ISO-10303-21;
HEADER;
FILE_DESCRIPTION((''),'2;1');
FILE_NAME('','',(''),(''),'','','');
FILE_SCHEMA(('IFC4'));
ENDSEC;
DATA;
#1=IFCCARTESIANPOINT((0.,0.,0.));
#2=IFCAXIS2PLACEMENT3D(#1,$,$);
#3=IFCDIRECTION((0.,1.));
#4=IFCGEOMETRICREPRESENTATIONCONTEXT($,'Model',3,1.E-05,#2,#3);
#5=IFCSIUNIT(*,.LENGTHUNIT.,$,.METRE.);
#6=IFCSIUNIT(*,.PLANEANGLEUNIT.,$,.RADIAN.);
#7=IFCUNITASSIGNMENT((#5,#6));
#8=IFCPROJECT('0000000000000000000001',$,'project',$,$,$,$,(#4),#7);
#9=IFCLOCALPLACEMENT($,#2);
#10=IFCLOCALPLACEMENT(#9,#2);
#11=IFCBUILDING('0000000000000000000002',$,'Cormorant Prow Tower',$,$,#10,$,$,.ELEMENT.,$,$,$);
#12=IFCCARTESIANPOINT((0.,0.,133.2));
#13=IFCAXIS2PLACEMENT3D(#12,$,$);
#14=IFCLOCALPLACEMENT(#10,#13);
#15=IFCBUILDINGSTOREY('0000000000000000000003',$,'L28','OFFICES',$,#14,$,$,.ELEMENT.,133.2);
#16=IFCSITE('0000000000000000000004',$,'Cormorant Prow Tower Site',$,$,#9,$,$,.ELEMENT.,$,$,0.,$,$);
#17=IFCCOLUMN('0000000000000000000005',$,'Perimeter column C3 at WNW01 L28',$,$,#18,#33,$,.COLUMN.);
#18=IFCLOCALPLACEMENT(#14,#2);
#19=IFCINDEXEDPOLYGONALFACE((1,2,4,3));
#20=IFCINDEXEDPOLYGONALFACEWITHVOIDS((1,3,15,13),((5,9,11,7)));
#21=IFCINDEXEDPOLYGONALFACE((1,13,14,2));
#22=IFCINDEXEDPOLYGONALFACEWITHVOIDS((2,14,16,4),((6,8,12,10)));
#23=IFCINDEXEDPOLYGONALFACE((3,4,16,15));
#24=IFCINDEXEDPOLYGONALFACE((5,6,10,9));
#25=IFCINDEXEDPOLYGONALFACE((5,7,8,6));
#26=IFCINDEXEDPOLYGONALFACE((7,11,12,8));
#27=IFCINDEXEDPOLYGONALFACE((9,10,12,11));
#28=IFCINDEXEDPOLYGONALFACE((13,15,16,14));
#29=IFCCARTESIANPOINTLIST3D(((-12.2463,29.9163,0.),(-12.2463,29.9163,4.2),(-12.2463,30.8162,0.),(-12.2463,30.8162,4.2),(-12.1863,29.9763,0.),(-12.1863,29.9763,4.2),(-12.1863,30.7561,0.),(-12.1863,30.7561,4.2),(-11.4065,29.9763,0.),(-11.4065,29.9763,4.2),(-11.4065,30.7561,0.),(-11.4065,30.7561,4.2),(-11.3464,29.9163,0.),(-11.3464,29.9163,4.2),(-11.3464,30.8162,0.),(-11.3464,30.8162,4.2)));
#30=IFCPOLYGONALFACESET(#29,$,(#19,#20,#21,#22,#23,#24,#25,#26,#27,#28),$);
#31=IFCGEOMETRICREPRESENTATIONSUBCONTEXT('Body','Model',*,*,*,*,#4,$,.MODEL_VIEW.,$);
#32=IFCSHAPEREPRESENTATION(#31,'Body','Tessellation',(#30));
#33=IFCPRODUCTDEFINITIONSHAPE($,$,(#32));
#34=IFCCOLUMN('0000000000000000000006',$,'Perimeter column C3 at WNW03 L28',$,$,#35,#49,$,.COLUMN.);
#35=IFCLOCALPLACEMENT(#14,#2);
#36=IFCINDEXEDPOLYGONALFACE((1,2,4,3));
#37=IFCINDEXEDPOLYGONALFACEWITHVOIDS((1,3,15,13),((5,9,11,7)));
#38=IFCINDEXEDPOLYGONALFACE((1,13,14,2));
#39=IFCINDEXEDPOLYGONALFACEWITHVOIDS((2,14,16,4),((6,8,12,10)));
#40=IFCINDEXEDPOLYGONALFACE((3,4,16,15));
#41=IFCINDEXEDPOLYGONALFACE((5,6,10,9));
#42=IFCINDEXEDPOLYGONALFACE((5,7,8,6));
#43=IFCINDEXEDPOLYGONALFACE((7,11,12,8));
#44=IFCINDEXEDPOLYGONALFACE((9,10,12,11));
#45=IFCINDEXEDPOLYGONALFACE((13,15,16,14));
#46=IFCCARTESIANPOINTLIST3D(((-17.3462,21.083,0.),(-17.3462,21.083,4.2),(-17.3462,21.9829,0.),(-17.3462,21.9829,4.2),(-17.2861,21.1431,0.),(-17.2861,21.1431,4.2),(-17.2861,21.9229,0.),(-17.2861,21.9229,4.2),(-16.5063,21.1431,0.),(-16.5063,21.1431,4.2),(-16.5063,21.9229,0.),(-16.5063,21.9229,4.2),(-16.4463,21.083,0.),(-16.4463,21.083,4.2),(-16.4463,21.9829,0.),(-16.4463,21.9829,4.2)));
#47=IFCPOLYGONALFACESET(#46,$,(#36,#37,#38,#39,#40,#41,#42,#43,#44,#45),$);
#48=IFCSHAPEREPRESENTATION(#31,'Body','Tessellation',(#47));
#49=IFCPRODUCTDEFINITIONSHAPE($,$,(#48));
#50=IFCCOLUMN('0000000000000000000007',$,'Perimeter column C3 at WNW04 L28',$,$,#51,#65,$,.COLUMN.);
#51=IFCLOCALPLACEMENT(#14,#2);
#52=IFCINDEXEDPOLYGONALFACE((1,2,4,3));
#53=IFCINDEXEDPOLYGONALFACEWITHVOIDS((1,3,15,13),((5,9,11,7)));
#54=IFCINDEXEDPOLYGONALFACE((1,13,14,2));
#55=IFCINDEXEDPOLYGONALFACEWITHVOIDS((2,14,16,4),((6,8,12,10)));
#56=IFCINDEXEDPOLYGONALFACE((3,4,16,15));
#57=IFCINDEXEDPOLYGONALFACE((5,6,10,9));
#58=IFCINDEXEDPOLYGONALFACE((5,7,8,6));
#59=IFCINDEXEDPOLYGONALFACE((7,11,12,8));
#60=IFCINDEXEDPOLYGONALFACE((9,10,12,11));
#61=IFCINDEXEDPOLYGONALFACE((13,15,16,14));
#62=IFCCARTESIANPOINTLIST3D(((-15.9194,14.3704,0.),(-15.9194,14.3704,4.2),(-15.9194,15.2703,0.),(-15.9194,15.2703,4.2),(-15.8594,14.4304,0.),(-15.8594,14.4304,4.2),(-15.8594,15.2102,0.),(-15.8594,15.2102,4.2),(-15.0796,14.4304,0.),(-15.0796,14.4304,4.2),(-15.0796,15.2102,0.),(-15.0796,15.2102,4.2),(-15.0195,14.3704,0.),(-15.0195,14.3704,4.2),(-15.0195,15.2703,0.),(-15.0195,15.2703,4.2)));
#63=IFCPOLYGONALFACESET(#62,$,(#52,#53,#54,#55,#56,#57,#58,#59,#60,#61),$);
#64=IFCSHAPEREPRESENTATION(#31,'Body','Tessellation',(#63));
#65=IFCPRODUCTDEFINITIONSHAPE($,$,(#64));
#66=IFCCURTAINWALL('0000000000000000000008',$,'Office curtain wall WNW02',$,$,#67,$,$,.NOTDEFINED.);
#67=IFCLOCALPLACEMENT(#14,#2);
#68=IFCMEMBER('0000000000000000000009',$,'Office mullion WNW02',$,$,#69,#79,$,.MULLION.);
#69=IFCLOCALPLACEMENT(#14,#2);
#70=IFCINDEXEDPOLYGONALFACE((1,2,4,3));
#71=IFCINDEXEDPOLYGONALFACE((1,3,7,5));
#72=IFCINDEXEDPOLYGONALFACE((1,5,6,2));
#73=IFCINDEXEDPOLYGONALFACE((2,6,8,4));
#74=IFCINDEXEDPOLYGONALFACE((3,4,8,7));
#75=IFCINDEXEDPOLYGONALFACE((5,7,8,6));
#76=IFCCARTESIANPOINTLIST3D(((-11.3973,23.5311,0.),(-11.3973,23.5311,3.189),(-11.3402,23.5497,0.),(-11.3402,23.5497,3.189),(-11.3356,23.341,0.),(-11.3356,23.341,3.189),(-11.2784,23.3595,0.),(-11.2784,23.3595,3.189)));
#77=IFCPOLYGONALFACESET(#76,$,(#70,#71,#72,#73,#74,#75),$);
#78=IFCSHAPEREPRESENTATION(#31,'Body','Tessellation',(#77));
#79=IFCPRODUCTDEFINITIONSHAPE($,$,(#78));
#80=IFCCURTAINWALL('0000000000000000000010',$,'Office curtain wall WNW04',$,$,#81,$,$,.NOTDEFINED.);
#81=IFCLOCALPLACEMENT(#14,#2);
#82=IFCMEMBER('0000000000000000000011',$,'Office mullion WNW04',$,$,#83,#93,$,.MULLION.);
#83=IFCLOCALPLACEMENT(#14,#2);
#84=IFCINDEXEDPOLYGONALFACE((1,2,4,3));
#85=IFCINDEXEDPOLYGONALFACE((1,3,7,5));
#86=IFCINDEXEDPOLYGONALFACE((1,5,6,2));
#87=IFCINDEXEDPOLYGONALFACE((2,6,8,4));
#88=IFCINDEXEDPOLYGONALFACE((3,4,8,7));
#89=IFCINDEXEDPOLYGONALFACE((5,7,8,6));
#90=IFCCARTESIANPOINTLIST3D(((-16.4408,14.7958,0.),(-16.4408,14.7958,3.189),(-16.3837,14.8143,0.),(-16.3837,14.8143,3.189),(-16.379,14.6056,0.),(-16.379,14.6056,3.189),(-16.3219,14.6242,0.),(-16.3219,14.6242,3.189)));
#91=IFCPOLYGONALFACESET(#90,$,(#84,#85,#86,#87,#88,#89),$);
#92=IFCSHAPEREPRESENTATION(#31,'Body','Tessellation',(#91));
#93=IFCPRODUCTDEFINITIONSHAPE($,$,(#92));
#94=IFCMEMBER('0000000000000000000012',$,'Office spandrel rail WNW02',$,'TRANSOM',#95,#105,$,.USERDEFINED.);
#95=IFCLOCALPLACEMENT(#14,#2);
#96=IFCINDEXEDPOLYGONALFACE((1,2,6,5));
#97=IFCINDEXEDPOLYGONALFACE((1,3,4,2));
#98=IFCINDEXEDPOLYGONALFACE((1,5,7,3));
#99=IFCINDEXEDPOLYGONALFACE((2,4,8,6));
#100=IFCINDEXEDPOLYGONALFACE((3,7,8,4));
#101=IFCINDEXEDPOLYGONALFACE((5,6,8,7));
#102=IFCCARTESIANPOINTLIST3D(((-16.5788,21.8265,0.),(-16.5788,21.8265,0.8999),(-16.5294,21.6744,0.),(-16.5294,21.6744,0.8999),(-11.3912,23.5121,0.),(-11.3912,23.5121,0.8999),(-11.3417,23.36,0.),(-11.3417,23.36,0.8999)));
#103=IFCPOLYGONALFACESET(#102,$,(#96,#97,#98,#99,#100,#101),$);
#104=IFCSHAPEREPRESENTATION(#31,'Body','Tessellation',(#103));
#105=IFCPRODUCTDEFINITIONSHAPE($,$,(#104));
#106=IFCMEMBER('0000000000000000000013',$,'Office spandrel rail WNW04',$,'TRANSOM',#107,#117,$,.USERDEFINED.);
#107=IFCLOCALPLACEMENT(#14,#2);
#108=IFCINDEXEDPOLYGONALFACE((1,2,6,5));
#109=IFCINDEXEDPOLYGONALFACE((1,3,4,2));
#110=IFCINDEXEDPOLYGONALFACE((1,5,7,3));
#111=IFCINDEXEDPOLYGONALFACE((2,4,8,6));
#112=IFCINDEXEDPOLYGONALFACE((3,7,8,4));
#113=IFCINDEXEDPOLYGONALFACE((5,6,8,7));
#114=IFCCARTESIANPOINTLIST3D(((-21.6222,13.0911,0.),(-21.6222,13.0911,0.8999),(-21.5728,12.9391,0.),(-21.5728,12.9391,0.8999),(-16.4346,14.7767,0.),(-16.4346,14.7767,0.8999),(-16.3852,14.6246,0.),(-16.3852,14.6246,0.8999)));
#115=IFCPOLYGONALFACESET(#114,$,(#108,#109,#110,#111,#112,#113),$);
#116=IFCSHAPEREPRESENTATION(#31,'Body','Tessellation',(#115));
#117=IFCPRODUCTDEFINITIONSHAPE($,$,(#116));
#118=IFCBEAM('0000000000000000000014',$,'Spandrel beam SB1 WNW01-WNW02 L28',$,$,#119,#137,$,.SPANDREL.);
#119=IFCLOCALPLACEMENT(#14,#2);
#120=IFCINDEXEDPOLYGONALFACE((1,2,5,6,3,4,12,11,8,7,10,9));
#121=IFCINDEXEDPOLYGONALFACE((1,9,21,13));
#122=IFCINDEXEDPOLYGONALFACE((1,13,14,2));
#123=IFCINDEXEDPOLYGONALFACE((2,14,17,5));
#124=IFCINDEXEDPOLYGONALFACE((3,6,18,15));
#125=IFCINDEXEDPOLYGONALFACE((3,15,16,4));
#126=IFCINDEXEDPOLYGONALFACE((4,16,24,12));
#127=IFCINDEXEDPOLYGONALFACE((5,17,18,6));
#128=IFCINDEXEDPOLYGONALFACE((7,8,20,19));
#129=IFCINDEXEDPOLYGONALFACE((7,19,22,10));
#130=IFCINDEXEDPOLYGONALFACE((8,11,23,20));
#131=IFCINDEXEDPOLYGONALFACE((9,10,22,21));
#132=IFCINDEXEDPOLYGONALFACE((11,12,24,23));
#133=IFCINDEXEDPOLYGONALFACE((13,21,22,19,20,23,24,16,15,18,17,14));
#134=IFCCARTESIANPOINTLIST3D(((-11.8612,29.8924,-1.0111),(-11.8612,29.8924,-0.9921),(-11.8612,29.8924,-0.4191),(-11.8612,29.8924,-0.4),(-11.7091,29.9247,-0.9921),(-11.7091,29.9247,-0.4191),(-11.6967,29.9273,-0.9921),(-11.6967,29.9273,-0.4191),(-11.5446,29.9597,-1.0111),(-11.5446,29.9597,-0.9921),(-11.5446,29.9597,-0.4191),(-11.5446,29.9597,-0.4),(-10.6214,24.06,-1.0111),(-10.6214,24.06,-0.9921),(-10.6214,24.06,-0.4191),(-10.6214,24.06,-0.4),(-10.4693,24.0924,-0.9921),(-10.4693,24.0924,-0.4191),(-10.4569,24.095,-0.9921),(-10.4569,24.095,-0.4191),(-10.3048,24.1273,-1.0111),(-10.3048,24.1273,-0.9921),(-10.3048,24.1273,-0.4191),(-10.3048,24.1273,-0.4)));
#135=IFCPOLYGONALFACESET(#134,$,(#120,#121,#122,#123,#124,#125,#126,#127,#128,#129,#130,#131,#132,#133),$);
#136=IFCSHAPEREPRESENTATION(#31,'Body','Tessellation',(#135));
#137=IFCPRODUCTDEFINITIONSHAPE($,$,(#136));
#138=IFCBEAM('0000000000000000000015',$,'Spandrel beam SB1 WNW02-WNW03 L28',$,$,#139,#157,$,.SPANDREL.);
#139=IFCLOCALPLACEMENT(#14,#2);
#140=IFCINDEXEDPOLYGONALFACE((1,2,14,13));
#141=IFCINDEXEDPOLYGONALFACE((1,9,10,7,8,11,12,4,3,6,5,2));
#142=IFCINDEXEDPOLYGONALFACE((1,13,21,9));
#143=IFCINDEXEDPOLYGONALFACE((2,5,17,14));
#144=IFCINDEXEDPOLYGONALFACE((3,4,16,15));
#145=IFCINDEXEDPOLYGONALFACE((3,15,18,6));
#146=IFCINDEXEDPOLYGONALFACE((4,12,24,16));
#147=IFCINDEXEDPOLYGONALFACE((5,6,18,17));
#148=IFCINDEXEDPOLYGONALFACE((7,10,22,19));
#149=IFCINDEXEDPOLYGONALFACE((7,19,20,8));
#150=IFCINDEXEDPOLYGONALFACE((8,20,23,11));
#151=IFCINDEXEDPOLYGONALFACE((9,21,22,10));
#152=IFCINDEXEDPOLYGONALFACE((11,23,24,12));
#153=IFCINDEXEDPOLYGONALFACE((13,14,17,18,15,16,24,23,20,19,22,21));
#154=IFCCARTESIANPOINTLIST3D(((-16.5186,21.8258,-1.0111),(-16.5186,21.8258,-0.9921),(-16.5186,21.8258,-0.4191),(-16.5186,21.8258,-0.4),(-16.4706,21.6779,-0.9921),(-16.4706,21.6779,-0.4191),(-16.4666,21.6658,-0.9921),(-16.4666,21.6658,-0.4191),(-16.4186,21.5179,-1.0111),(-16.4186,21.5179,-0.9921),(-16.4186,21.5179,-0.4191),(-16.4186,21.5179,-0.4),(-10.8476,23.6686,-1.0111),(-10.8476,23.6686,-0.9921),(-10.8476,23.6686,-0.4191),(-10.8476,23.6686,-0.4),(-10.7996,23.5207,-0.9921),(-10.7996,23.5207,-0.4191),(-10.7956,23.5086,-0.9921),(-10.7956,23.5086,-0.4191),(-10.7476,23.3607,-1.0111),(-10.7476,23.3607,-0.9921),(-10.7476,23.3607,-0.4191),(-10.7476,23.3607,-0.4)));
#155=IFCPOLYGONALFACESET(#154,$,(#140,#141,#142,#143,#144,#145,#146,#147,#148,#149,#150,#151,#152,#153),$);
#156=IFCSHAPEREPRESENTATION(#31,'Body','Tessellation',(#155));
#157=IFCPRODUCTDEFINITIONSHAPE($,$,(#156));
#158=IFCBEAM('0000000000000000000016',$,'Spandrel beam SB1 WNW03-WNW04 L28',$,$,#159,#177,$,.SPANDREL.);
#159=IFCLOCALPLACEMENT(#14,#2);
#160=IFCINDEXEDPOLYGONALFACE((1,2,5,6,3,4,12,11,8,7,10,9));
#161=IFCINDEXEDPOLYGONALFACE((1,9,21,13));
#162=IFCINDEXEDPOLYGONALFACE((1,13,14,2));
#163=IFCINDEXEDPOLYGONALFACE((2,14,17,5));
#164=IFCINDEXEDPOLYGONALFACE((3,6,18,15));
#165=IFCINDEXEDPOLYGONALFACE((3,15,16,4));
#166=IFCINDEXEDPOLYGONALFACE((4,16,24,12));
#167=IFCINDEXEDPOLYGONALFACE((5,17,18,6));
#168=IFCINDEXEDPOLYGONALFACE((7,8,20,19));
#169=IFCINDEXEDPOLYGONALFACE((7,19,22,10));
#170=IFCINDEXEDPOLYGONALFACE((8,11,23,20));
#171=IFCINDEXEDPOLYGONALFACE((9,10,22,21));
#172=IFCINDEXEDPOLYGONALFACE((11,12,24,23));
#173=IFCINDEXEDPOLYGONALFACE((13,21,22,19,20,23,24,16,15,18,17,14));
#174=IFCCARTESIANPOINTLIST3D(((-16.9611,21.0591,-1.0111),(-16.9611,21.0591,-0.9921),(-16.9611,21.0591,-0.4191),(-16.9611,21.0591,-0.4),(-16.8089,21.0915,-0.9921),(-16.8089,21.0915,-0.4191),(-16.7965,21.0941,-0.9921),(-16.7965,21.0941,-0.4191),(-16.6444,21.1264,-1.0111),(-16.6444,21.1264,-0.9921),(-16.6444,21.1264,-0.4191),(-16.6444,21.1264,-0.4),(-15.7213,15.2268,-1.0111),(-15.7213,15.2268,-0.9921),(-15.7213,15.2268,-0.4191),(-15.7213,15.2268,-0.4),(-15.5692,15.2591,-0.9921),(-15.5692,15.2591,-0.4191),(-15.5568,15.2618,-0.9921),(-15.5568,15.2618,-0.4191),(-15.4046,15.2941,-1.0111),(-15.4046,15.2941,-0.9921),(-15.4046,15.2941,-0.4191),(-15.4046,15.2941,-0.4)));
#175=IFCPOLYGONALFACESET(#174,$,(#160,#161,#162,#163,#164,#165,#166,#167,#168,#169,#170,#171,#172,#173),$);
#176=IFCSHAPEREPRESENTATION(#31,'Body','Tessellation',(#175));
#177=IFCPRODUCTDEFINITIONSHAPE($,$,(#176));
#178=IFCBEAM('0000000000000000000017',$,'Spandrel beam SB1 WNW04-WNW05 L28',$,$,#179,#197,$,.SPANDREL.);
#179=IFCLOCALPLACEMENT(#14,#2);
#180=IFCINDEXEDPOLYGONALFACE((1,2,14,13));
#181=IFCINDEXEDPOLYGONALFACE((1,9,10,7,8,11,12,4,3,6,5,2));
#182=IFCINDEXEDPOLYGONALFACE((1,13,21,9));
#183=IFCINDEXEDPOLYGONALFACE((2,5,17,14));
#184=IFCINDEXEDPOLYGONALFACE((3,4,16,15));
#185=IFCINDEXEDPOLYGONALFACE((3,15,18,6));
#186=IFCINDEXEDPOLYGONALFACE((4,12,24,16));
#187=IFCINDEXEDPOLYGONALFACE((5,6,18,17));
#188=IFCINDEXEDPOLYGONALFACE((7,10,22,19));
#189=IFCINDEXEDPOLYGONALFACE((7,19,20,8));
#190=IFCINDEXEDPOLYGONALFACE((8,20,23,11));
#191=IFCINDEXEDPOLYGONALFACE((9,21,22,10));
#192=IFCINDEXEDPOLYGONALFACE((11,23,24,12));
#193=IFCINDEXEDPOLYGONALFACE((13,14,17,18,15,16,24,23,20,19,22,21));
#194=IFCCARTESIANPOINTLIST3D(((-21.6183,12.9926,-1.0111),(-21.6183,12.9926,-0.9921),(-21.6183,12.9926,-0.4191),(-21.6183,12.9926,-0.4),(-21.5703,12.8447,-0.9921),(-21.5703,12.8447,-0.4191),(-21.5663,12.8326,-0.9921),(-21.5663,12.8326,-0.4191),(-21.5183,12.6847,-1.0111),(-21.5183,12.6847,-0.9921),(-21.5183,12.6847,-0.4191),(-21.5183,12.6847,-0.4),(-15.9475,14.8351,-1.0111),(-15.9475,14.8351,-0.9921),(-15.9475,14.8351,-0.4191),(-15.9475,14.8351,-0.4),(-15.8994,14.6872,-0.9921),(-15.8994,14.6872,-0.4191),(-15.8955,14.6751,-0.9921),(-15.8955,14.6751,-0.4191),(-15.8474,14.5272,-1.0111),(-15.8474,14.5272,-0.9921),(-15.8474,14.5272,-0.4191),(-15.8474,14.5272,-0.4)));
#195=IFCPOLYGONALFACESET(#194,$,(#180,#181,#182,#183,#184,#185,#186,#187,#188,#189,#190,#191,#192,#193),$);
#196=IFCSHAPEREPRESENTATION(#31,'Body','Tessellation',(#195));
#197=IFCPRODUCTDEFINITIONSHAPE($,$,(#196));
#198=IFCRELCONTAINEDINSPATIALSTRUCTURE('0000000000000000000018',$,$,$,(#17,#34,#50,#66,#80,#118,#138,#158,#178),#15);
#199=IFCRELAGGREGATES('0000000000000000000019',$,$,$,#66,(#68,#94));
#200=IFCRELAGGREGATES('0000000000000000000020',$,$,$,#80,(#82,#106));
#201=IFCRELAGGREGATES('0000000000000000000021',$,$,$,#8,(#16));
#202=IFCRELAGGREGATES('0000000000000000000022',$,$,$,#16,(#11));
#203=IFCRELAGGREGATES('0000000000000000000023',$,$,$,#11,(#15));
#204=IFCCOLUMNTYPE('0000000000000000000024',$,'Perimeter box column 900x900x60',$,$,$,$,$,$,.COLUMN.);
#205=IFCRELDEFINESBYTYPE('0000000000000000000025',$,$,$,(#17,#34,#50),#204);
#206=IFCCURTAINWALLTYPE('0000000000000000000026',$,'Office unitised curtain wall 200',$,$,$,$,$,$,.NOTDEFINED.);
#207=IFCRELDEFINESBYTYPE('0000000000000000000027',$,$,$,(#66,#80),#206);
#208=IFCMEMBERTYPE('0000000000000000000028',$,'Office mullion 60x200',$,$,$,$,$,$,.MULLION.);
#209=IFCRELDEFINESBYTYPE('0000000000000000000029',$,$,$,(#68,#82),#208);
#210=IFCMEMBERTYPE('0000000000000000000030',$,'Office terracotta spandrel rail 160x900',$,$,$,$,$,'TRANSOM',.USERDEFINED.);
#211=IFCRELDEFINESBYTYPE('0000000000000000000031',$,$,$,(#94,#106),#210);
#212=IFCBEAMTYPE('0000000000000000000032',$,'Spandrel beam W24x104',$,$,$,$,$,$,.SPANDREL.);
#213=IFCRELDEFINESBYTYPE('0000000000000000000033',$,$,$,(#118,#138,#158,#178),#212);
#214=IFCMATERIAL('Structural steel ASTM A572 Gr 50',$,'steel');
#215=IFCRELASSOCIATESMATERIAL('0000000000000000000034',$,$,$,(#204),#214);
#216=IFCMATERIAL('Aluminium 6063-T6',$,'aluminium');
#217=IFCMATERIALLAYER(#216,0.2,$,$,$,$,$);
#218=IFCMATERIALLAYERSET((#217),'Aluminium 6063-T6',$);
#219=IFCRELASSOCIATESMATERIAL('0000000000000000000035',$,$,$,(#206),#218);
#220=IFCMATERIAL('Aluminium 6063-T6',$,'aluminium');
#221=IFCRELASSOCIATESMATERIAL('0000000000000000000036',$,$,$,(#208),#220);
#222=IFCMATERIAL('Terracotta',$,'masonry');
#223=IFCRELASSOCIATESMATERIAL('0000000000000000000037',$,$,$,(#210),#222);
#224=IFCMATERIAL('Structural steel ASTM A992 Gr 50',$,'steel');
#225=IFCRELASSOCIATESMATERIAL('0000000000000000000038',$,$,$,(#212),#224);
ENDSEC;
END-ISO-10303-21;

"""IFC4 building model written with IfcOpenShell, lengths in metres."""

from ifc_helpers import new_model, si_unit, direction, frame, origin, origin_2d, place, context, subcontext, project, spatial, rectangle, hollow_rectangle, i_section, extrude, material, layer, layer_set, material_profile, profile_set, type_object, element, aggregate, save


model = new_model("IFC4")

# Units and contexts
model_context = context("Model", 3, precision=1e-05, world=origin(), true_north=direction((0.0, 1.0)))
body_context = subcontext(model_context, "Body", "Model", "MODEL_VIEW")
ifc_project = project(units=[si_unit("LENGTHUNIT", "METRE"), si_unit("PLANEANGLEUNIT", "RADIAN")], contexts=[model_context])

# Site, building, storey
site_placement = place(None, origin())
site = spatial("IfcSite", under=ifc_project, at=site_placement, Name="Cormorant Prow Tower Site", CompositionType="ELEMENT", RefElevation=0.0)
building_placement = place(site_placement, origin())
building = spatial("IfcBuilding", under=site, at=building_placement, Name="Cormorant Prow Tower", CompositionType="ELEMENT")
storey_placement = place(building_placement, frame((0.0, 0.0, 133.2)))
storey = spatial("IfcBuildingStorey", under=building, at=storey_placement, Name="L28", Description="OFFICES", CompositionType="ELEMENT", Elevation=133.2)

# Columns
ifc_material_1 = material(Name="Structural steel ASTM A572 Gr 50", Category="steel")
ifc_material_profile_1 = material_profile(ifc_material_1, hollow_rectangle(XDim=0.8999, YDim=0.8999, WallThickness=0.0601, at=origin_2d()), Name="Box 900x900x60")
ifc_profile_set_1 = profile_set([ifc_material_profile_1], Name="Structural steel ASTM A572 Gr 50")
column_type = type_object("IfcColumnType", Name="Perimeter box column 900x900x60", PredefinedType="COLUMN", material=ifc_profile_set_1)
for number, where, z_axis, x_axis, name in (
    (1, (-11.7964, 30.3662, 0.0), (0.0, 0.0, 1.0), (1.0, 0.0, 0.0), "Perimeter column C3 at WNW01 L28"),
    (2, (-16.8962, 21.533, 0.0), (0.0, 0.0, 1.0), (1.0, 0.0, 0.0), "Perimeter column C3 at WNW03 L28"),
    (3, (-15.4695, 14.8203, 0.0), (0.0, 0.0, 1.0), (1.0, 0.0, 0.0), "Perimeter column C3 at WNW04 L28"),
):
    element("IfcColumn", number, at=place(storey_placement, frame(where, z_axis=z_axis, x_axis=x_axis)), inside=storey, type_object=column_type, Name=name, PredefinedType="COLUMN", context=body_context, shape_type="SweptSolid", body=[
        extrude(hollow_rectangle(XDim=0.8999, YDim=0.8999, WallThickness=0.0601, at=origin_2d()), origin(), (0.0, 0.0, 1.0), 4.2),
    ])

# Curtain walls, members
ifc_material_2 = material(Name="Aluminium 6063-T6", Category="aluminium")
ifc_layer_1 = layer(ifc_material_2, 0.2)
ifc_layer_set_1 = layer_set([ifc_layer_1], Name="Aluminium 6063-T6")
curtain_wall_type = type_object("IfcCurtainWallType", Name="Office unitised curtain wall 200", PredefinedType="NOTDEFINED", material=ifc_layer_set_1)
curtain_wall_1_placement = place(storey_placement, origin())
curtain_wall_1 = element("IfcCurtainWall", 4, at=curtain_wall_1_placement, inside=storey, type_object=curtain_wall_type, Name="Office curtain wall WNW02", PredefinedType="NOTDEFINED")
ifc_material_3 = material(Name="Aluminium 6063-T6", Category="aluminium")
ifc_material_profile_2 = material_profile(ifc_material_3, rectangle(XDim=0.2, YDim=0.0601, at=origin_2d()), Name="Office mullion 60x200")
ifc_profile_set_2 = profile_set([ifc_material_profile_2], Name="Aluminium 6063-T6")
member_type_1 = type_object("IfcMemberType", Name="Office mullion 60x200", PredefinedType="MULLION", material=ifc_profile_set_2)
member_1_placement = place(storey_placement, frame((-11.3379, 23.4453, 0.0), z_axis=(0.0, 0.0, 1.0), x_axis=(0.309017, -0.951057, 0.0)))
member_1 = element("IfcMember", 5, at=member_1_placement, type_object=member_type_1, Name="Office mullion WNW02", PredefinedType="MULLION", context=body_context, shape_type="SweptSolid", body=[
    extrude(rectangle(XDim=0.2, YDim=0.0601, at=origin_2d()), origin(), (0.0, 0.0, 1.0), 3.189),
])
curtain_wall_2_placement = place(storey_placement, origin())
curtain_wall_2 = element("IfcCurtainWall", 6, at=curtain_wall_2_placement, inside=storey, type_object=curtain_wall_type, Name="Office curtain wall WNW04", PredefinedType="NOTDEFINED")
member_2_placement = place(storey_placement, frame((-16.3813, 14.71, 0.0), z_axis=(0.0, 0.0, 1.0), x_axis=(0.309017, -0.951057, 0.0)))
member_2 = element("IfcMember", 7, at=member_2_placement, type_object=member_type_1, Name="Office mullion WNW04", PredefinedType="MULLION", context=body_context, shape_type="SweptSolid", body=[
    extrude(rectangle(XDim=0.2, YDim=0.0601, at=origin_2d()), origin(), (0.0, 0.0, 1.0), 3.189),
])

# Members
ifc_material_4 = material(Name="Terracotta", Category="masonry")
ifc_material_profile_3 = material_profile(ifc_material_4, rectangle(XDim=0.1599, YDim=0.8999, at=origin_2d()), Name="Office terracotta spandrel rail 160x900")
ifc_profile_set_3 = profile_set([ifc_material_profile_3], Name="Terracotta")
member_type_2 = type_object("IfcMemberType", Name="Office terracotta spandrel rail 160x900", ElementType="TRANSOM", PredefinedType="USERDEFINED", material=ifc_profile_set_3)
member_3_placement = place(storey_placement, frame((-11.3665, 23.436, 0.45), z_axis=(-0.951055, -0.309021, 0.0), x_axis=(0.309021, -0.951055, 0.0)))
member_3 = element("IfcMember", 8, at=member_3_placement, type_object=member_type_2, Name="Office spandrel rail WNW02", ObjectType="TRANSOM", PredefinedType="USERDEFINED", context=body_context, shape_type="SweptSolid", body=[
    extrude(rectangle(XDim=0.1599, YDim=0.8999, at=origin_2d()), origin(), (0.0, 0.0, 1.0), 5.4546),
])
member_4_placement = place(storey_placement, frame((-16.4099, 14.7007, 0.45), z_axis=(-0.951055, -0.309021, 0.0), x_axis=(0.309021, -0.951055, 0.0)))
member_4 = element("IfcMember", 9, at=member_4_placement, type_object=member_type_2, Name="Office spandrel rail WNW04", ObjectType="TRANSOM", PredefinedType="USERDEFINED", context=body_context, shape_type="SweptSolid", body=[
    extrude(rectangle(XDim=0.1599, YDim=0.8999, at=origin_2d()), origin(), (0.0, 0.0, 1.0), 5.4546),
])

# Beams
ifc_material_5 = material(Name="Structural steel ASTM A992 Gr 50", Category="steel")
ifc_material_profile_4 = material_profile(ifc_material_5, i_section(OverallWidth=0.3237, OverallDepth=0.6111, WebThickness=0.0127, FlangeThickness=0.019, at=origin_2d()), Name="W24x104")
ifc_profile_set_4 = profile_set([ifc_material_profile_4], Name="Structural steel ASTM A992 Gr 50")
beam_type = type_object("IfcBeamType", Name="Spandrel beam W24x104", PredefinedType="SPANDREL", material=ifc_profile_set_4)
beam_1_placement = place(storey_placement, frame((-11.7029, 29.926, -0.7056), z_axis=(0.207921, -0.978146, 0.0), x_axis=(0.978146, 0.207921, 0.0)))
element("IfcBeam", 10, at=beam_1_placement, inside=storey, type_object=beam_type, Name="Spandrel beam SB1 WNW01-WNW02 L28", PredefinedType="SPANDREL", context=body_context, shape_type="SweptSolid", body=[
    extrude(i_section(OverallWidth=0.3237, OverallDepth=0.6111, WebThickness=0.0127, FlangeThickness=0.019, at=origin_2d()), origin(), (0.0, 0.0, 1.0), 5.9626),
])
beam_2_placement = place(storey_placement, frame((-10.7976, 23.5146, -0.7056), z_axis=(-0.951047, -0.309045, 0.0), x_axis=(0.309045, -0.951047, 0.0)))
element("IfcBeam", 11, at=beam_2_placement, inside=storey, type_object=beam_type, Name="Spandrel beam SB1 WNW02-WNW03 L28", PredefinedType="SPANDREL", context=body_context, shape_type="SweptSolid", body=[
    extrude(i_section(OverallWidth=0.3237, OverallDepth=0.6111, WebThickness=0.0127, FlangeThickness=0.019, at=origin_2d()), origin(), (0.0, 0.0, 1.0), 5.9629),
])
for number, where, z_axis, x_axis, name in (
    (12, (-16.8027, 21.0928, -0.7056), (0.207921, -0.978146, 0.0), (0.978146, 0.207921, 0.0), "Spandrel beam SB1 WNW03-WNW04 L28"),
    (13, (-15.8975, 14.6812, -0.7056), (-0.951059, -0.309008, 0.0), (0.309008, -0.951059, 0.0), "Spandrel beam SB1 WNW04-WNW05 L28"),
):
    element("IfcBeam", number, at=place(storey_placement, frame(where, z_axis=z_axis, x_axis=x_axis)), inside=storey, type_object=beam_type, Name=name, PredefinedType="SPANDREL", context=body_context, shape_type="SweptSolid", body=[
        extrude(i_section(OverallWidth=0.3237, OverallDepth=0.6111, WebThickness=0.0127, FlangeThickness=0.019, at=origin_2d()), origin(), (0.0, 0.0, 1.0), 5.9626),
    ])

aggregate(curtain_wall_1, [member_1, member_3])
aggregate(curtain_wall_2, [member_2, member_4])

save(model, "model.ifc")
